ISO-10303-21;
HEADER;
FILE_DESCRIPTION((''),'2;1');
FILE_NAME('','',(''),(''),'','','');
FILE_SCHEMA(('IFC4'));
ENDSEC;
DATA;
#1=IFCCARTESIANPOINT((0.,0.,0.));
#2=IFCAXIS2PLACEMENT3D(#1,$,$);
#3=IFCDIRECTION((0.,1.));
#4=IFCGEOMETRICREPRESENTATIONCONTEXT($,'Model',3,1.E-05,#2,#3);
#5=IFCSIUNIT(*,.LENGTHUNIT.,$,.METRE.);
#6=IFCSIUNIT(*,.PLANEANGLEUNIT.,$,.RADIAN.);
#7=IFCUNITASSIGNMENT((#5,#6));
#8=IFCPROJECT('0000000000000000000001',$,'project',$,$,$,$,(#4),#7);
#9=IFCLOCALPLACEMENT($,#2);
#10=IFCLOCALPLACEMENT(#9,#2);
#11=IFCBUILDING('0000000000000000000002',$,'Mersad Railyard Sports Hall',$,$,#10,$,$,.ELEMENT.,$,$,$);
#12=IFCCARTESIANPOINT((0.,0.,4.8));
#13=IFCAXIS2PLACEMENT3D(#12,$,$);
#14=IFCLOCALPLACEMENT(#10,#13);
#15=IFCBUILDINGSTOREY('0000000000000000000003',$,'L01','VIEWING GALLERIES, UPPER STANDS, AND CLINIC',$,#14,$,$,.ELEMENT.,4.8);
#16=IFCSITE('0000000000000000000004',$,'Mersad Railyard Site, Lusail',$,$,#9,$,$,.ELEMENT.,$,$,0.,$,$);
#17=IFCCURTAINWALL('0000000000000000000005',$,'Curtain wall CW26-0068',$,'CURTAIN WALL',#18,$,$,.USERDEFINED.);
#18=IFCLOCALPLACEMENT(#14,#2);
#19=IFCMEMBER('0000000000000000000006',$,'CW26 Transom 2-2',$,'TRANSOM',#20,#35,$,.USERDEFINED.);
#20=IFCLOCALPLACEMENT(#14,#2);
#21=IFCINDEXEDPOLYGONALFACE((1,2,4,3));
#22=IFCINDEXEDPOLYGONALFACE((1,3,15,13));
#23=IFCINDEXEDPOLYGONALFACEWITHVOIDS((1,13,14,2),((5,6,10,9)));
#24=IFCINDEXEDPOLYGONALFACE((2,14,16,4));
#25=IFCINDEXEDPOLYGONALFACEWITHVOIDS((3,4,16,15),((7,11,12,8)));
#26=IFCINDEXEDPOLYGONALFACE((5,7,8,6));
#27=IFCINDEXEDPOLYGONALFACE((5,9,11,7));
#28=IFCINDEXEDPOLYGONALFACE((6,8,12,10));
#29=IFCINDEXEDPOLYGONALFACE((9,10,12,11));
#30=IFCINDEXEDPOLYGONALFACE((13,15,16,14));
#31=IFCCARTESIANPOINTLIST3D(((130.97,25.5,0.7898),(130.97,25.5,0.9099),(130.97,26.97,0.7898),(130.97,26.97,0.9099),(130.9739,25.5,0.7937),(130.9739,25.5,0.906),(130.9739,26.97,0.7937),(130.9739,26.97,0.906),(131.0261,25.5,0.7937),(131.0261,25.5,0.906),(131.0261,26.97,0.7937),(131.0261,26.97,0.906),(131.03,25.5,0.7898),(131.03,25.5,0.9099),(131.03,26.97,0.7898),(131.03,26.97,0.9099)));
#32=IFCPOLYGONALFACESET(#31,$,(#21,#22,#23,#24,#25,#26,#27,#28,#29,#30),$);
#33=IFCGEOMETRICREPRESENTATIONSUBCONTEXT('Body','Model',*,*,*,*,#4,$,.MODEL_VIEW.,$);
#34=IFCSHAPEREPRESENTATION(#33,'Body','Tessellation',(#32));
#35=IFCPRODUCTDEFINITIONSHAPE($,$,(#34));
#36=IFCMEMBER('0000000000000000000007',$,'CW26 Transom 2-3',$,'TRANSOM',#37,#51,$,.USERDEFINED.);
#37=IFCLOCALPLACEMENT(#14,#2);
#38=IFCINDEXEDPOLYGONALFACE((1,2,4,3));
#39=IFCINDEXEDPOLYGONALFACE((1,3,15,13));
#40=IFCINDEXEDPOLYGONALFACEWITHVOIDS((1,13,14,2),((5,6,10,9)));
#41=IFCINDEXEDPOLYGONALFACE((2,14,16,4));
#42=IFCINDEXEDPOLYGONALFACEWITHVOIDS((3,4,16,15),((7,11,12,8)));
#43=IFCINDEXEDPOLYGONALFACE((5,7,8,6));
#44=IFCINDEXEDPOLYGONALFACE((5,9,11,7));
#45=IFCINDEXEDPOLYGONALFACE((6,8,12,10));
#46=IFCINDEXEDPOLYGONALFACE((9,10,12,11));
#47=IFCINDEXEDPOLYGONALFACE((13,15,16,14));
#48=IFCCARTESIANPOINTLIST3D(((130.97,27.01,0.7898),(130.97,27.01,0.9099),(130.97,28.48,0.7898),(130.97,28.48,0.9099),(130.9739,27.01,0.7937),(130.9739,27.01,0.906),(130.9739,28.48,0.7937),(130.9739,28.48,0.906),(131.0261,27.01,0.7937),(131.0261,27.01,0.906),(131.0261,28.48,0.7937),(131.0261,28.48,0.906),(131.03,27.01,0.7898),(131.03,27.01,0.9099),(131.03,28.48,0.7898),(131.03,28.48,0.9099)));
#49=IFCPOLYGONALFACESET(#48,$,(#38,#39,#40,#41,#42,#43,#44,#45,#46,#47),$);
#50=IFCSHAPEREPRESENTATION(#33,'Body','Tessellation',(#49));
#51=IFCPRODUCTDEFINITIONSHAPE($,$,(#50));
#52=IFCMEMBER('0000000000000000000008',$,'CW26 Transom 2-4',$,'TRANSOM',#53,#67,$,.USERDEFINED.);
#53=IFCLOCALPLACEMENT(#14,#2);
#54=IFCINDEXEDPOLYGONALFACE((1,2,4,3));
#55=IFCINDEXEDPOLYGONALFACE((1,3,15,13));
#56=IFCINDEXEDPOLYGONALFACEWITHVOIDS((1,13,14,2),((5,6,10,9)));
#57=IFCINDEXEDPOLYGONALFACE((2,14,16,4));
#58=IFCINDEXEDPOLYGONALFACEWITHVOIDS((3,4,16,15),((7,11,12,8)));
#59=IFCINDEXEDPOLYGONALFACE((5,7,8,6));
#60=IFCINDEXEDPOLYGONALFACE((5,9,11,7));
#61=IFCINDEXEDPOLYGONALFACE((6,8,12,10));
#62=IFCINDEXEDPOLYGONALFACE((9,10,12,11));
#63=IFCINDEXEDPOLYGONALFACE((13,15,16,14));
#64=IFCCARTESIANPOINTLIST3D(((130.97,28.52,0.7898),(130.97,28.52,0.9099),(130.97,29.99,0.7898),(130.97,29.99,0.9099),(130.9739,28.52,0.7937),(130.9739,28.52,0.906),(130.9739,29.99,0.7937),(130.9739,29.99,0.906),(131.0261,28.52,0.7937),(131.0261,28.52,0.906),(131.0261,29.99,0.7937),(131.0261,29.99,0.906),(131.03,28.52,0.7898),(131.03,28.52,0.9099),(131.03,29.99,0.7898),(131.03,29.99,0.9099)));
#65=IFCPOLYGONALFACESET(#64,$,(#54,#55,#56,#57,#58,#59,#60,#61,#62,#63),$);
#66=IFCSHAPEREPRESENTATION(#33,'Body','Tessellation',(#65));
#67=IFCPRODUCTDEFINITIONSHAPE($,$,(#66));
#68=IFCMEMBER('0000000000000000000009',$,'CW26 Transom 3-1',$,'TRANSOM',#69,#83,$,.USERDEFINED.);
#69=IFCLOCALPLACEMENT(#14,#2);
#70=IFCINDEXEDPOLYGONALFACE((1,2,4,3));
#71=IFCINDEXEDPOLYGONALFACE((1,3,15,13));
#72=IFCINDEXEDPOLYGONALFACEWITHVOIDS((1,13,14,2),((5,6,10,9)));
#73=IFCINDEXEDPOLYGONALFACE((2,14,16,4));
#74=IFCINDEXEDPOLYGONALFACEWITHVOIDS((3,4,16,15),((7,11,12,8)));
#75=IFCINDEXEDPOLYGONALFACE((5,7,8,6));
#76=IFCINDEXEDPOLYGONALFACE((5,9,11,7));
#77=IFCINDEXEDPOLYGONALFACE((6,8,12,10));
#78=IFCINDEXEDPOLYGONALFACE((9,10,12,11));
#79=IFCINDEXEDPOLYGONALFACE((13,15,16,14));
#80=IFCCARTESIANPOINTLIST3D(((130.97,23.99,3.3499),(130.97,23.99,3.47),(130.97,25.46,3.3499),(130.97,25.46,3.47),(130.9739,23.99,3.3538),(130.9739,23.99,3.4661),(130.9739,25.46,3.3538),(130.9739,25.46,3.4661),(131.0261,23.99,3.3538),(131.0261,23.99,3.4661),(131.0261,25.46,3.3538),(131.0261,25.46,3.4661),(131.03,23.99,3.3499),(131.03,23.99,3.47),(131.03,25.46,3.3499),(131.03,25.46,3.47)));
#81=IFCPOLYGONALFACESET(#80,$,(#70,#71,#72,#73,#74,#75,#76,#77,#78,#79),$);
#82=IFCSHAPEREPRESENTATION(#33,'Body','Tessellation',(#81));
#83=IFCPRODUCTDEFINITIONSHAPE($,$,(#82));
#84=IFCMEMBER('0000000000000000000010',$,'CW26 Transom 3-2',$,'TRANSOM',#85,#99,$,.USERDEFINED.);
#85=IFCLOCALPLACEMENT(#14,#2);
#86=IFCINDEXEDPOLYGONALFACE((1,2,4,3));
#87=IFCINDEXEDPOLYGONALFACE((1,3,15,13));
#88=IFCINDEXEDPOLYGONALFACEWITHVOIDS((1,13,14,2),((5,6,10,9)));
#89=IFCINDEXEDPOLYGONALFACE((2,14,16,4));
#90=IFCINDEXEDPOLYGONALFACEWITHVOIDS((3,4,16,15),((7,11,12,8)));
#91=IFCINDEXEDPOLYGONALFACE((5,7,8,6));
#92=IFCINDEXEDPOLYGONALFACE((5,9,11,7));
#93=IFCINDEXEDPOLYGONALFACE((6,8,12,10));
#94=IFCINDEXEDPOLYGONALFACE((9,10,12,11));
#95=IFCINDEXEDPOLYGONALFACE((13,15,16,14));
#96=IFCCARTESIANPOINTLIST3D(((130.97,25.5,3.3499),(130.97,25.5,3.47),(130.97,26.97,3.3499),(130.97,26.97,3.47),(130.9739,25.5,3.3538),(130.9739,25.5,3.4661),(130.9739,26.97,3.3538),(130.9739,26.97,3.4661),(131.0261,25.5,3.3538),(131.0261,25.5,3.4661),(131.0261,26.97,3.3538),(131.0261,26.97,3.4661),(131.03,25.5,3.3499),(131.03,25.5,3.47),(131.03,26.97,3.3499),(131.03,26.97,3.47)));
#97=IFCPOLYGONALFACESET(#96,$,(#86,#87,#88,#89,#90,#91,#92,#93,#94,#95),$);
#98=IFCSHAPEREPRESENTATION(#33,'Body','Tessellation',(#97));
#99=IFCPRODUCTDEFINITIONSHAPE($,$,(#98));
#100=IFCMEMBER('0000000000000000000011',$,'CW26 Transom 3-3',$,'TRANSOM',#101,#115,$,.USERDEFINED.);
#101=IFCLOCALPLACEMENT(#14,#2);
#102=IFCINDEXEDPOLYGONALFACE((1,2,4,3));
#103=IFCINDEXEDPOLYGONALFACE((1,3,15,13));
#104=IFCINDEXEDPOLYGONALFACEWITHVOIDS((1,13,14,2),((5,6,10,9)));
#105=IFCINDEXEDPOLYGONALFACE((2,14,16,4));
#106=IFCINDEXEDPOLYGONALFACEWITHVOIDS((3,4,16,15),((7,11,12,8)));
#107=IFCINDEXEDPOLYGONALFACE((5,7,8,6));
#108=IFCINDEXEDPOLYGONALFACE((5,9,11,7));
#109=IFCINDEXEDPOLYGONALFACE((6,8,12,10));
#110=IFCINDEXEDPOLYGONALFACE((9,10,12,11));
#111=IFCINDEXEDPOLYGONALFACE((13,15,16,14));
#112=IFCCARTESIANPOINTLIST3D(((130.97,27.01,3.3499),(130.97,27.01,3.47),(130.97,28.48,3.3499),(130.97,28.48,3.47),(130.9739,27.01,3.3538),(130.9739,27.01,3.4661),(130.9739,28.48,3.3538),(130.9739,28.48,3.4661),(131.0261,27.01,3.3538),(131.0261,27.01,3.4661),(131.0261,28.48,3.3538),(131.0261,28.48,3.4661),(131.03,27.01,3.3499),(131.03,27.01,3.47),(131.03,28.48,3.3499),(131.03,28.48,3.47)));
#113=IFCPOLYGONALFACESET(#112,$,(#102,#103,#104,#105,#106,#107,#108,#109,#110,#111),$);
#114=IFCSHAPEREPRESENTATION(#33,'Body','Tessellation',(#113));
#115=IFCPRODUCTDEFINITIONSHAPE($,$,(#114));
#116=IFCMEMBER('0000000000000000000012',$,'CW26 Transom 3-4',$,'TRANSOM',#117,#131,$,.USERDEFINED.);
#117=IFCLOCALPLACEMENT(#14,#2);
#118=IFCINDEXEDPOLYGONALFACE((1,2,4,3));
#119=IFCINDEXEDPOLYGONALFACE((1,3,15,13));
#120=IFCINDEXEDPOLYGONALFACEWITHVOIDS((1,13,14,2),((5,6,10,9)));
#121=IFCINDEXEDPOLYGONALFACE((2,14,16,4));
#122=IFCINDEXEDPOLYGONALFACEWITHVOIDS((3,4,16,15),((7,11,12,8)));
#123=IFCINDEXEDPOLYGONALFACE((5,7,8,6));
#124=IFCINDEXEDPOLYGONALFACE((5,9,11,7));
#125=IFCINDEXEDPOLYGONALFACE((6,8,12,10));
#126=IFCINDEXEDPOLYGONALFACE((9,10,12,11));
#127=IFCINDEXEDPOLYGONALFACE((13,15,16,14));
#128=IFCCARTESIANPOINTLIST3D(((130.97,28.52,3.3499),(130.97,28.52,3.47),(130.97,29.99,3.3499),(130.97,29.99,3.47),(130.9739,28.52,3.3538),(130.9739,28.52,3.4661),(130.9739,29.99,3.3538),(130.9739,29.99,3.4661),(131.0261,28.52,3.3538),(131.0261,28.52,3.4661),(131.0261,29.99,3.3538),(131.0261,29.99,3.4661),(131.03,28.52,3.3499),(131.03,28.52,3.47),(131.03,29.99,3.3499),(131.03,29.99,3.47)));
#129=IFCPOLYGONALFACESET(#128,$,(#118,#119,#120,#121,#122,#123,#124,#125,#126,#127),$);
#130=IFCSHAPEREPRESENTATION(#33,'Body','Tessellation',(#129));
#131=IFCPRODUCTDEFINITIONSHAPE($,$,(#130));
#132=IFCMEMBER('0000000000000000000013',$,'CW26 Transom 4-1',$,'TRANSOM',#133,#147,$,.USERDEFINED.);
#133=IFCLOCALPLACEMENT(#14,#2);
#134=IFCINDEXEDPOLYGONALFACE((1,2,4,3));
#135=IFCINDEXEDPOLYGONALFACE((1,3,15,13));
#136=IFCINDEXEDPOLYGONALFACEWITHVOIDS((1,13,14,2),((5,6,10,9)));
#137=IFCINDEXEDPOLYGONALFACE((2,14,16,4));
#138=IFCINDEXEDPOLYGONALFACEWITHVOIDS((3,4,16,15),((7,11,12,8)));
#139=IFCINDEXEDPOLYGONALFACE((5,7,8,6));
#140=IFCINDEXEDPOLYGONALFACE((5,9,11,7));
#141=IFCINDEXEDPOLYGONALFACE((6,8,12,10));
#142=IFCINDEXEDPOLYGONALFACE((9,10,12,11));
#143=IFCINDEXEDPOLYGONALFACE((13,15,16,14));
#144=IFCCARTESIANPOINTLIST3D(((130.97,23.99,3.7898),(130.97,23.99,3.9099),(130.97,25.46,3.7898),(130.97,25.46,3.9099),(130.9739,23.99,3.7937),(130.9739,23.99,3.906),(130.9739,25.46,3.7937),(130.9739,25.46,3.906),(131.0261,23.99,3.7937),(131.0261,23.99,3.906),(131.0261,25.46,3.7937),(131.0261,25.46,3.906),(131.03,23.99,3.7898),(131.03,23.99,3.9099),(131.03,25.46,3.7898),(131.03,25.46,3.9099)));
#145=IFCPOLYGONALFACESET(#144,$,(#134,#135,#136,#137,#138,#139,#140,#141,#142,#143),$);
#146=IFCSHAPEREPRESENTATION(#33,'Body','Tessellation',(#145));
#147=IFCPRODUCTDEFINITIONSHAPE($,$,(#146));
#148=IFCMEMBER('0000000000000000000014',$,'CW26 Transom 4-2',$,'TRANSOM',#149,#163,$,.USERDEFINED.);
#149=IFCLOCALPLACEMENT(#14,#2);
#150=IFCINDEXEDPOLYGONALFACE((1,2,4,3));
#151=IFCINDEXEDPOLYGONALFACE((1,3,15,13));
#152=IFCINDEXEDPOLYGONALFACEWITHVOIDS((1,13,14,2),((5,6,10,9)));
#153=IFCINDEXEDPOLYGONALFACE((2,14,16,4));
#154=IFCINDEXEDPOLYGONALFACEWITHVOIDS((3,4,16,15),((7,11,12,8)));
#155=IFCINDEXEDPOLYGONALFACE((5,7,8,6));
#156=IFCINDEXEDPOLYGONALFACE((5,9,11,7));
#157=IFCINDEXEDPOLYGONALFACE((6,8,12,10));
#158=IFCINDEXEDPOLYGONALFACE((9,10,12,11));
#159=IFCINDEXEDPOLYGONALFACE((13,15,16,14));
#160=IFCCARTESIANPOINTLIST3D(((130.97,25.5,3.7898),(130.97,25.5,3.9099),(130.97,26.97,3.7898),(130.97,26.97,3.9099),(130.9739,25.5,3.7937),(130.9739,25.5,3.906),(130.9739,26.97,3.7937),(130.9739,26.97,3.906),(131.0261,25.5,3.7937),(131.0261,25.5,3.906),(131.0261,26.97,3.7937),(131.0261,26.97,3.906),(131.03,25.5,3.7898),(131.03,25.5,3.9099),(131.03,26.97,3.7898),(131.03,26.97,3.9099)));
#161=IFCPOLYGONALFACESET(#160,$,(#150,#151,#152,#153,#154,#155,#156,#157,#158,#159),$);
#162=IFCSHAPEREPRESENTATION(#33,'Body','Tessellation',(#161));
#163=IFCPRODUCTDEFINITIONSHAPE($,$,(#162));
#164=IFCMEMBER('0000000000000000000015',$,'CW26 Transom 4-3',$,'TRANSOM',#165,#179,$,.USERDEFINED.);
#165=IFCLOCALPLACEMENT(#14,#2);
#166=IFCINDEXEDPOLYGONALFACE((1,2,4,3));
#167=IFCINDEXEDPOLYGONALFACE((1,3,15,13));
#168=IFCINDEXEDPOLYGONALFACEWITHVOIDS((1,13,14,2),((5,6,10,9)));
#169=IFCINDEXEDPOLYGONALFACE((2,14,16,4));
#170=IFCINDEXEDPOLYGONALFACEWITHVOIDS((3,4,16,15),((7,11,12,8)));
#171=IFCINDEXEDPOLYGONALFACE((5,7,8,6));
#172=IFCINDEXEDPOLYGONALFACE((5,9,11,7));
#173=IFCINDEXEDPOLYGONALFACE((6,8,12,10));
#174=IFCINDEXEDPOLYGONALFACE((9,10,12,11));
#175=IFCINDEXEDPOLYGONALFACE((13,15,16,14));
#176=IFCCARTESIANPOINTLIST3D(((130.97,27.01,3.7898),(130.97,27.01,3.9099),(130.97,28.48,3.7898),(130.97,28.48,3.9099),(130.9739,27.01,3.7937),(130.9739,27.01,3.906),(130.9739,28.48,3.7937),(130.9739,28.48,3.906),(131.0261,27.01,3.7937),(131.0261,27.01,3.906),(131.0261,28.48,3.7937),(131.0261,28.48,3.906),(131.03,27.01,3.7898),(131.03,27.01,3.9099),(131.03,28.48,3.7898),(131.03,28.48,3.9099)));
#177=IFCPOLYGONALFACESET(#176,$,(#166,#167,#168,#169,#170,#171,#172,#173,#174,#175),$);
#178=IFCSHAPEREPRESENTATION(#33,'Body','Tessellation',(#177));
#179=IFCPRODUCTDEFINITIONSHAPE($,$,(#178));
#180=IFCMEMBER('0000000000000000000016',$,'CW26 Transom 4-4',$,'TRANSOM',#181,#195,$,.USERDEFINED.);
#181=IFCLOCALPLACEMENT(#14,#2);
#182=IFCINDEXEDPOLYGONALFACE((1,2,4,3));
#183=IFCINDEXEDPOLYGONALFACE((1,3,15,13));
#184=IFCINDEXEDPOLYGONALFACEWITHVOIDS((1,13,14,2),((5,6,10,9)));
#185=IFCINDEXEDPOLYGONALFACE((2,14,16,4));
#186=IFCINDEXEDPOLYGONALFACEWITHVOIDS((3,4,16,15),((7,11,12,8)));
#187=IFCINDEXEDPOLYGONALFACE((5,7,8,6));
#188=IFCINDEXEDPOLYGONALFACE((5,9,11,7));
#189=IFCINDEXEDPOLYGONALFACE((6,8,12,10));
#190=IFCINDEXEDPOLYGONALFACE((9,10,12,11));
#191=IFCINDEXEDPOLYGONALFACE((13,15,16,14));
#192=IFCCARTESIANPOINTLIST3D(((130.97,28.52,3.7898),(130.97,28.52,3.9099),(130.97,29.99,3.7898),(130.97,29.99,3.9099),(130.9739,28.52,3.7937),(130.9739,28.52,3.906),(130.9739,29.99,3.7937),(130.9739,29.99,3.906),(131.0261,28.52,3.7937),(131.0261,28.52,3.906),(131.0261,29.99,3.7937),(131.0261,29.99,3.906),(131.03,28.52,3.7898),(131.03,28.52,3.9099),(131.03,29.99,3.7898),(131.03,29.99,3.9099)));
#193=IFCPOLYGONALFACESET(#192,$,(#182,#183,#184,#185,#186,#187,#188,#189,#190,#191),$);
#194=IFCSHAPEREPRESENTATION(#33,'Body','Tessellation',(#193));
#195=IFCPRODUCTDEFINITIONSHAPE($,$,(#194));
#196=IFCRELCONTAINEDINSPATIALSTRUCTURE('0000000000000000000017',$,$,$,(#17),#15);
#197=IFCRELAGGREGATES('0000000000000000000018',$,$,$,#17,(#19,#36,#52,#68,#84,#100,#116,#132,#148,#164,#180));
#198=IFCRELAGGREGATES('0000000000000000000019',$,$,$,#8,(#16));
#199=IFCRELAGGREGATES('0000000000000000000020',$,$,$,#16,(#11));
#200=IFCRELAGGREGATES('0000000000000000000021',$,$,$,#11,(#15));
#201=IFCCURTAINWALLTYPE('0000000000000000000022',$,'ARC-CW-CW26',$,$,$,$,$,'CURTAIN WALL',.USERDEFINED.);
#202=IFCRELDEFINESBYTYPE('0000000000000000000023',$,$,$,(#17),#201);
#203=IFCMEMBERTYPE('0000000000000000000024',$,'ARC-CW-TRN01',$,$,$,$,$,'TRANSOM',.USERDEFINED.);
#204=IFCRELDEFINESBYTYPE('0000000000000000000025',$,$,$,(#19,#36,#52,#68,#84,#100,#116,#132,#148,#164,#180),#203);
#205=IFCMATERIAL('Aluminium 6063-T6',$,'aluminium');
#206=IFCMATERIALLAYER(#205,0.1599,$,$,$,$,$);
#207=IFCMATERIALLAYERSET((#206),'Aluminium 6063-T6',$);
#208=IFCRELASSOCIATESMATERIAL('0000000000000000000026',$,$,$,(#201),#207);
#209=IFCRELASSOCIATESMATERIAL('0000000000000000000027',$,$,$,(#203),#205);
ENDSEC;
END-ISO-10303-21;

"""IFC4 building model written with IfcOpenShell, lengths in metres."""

from ifc_helpers import new_model, si_unit, direction, frame, origin, origin_2d, place, context, subcontext, project, spatial, hollow_rectangle, extrude, material, layer, layer_set, material_profile, profile_set, type_object, element, aggregate, save


model = new_model("IFC4")

# Units and contexts
model_context = context("Model", 3, precision=1e-05, world=origin(), true_north=direction((0.0, 1.0)))
body_context = subcontext(model_context, "Body", "Model", "MODEL_VIEW")
ifc_project = project(units=[si_unit("LENGTHUNIT", "METRE"), si_unit("PLANEANGLEUNIT", "RADIAN")], contexts=[model_context])

# Site, building, storey
site_placement = place(None, origin())
site = spatial("IfcSite", under=ifc_project, at=site_placement, Name="Mersad Railyard Site, Lusail", CompositionType="ELEMENT", RefElevation=0.0)
building_placement = place(site_placement, origin())
building = spatial("IfcBuilding", under=site, at=building_placement, Name="Mersad Railyard Sports Hall", CompositionType="ELEMENT")
storey_placement = place(building_placement, frame((0.0, 0.0, 4.8)))
storey = spatial("IfcBuildingStorey", under=building, at=storey_placement, Name="L01", Description="VIEWING GALLERIES, UPPER STANDS, AND CLINIC", CompositionType="ELEMENT", Elevation=4.8)

# Shared definitions
ifc_material_1 = material(Name="Aluminium 6063-T6", Category="aluminium")

# Curtain wall, members
ifc_layer_1 = layer(ifc_material_1, 0.1599)
ifc_layer_set_1 = layer_set([ifc_layer_1], Name="Aluminium 6063-T6")
curtain_wall_type_1 = type_object("IfcCurtainWallType", Name="ARC-CW-CW26", ElementType="CURTAIN WALL", PredefinedType="USERDEFINED", material=ifc_layer_set_1)
curtain_wall_1_placement = place(storey_placement, origin())
curtain_wall_1 = element("IfcCurtainWall", 1, at=curtain_wall_1_placement, inside=storey, type_object=curtain_wall_type_1, Name="Curtain wall CW26-0068", ObjectType="CURTAIN WALL", PredefinedType="USERDEFINED")
ifc_material_profile_1 = material_profile(ifc_material_1, hollow_rectangle(XDim=0.0601, YDim=0.1201, WallThickness=0.0039, at=origin_2d()), Name="AL TRANSOM 60x120x4")
ifc_profile_set_1 = profile_set([ifc_material_profile_1], Name="Aluminium 6063-T6")
member_type_1 = type_object("IfcMemberType", Name="ARC-CW-TRN01", ElementType="TRANSOM", PredefinedType="USERDEFINED", material=ifc_profile_set_1)
member_1_placement = place(storey_placement, frame((131.0, 25.5, 0.8499), z_axis=(0.0, 1.0, 0.0), x_axis=(-1.0, 0.0, 0.0)))
member_1 = element("IfcMember", 2, at=member_1_placement, type_object=member_type_1, Name="CW26 Transom 2-2", ObjectType="TRANSOM", PredefinedType="USERDEFINED", context=body_context, shape_type="SweptSolid", body=[
    extrude(hollow_rectangle(XDim=0.0601, YDim=0.1201, WallThickness=0.0039, at=origin_2d()), origin(), (0.0, 0.0, 1.0), 1.47),
])
member_2_placement = place(storey_placement, frame((131.0, 27.01, 0.8499), z_axis=(0.0, 1.0, 0.0), x_axis=(-1.0, 0.0, 0.0)))
member_2 = element("IfcMember", 3, at=member_2_placement, type_object=member_type_1, Name="CW26 Transom 2-3", ObjectType="TRANSOM", PredefinedType="USERDEFINED", context=body_context, shape_type="SweptSolid", body=[
    extrude(hollow_rectangle(XDim=0.0601, YDim=0.1201, WallThickness=0.0039, at=origin_2d()), origin(), (0.0, 0.0, 1.0), 1.47),
])
member_3_placement = place(storey_placement, frame((131.0, 28.52, 0.8499), z_axis=(0.0, 1.0, 0.0), x_axis=(-1.0, 0.0, 0.0)))
member_3 = element("IfcMember", 4, at=member_3_placement, type_object=member_type_1, Name="CW26 Transom 2-4", ObjectType="TRANSOM", PredefinedType="USERDEFINED", context=body_context, shape_type="SweptSolid", body=[
    extrude(hollow_rectangle(XDim=0.0601, YDim=0.1201, WallThickness=0.0039, at=origin_2d()), origin(), (0.0, 0.0, 1.0), 1.47),
])
member_4_placement = place(storey_placement, frame((131.0, 23.99, 3.4099), z_axis=(0.0, 1.0, 0.0), x_axis=(-1.0, 0.0, 0.0)))
member_4 = element("IfcMember", 5, at=member_4_placement, type_object=member_type_1, Name="CW26 Transom 3-1", ObjectType="TRANSOM", PredefinedType="USERDEFINED", context=body_context, shape_type="SweptSolid", body=[
    extrude(hollow_rectangle(XDim=0.0601, YDim=0.1201, WallThickness=0.0039, at=origin_2d()), origin(), (0.0, 0.0, 1.0), 1.47),
])
member_5_placement = place(storey_placement, frame((131.0, 25.5, 3.4099), z_axis=(0.0, 1.0, 0.0), x_axis=(-1.0, 0.0, 0.0)))
member_5 = element("IfcMember", 6, at=member_5_placement, type_object=member_type_1, Name="CW26 Transom 3-2", ObjectType="TRANSOM", PredefinedType="USERDEFINED", context=body_context, shape_type="SweptSolid", body=[
    extrude(hollow_rectangle(XDim=0.0601, YDim=0.1201, WallThickness=0.0039, at=origin_2d()), origin(), (0.0, 0.0, 1.0), 1.47),
])
member_6_placement = place(storey_placement, frame((131.0, 27.01, 3.4099), z_axis=(0.0, 1.0, 0.0), x_axis=(-1.0, 0.0, 0.0)))
member_6 = element("IfcMember", 7, at=member_6_placement, type_object=member_type_1, Name="CW26 Transom 3-3", ObjectType="TRANSOM", PredefinedType="USERDEFINED", context=body_context, shape_type="SweptSolid", body=[
    extrude(hollow_rectangle(XDim=0.0601, YDim=0.1201, WallThickness=0.0039, at=origin_2d()), origin(), (0.0, 0.0, 1.0), 1.47),
])
member_7_placement = place(storey_placement, frame((131.0, 28.52, 3.4099), z_axis=(0.0, 1.0, 0.0), x_axis=(-1.0, 0.0, 0.0)))
member_7 = element("IfcMember", 8, at=member_7_placement, type_object=member_type_1, Name="CW26 Transom 3-4", ObjectType="TRANSOM", PredefinedType="USERDEFINED", context=body_context, shape_type="SweptSolid", body=[
    extrude(hollow_rectangle(XDim=0.0601, YDim=0.1201, WallThickness=0.0039, at=origin_2d()), origin(), (0.0, 0.0, 1.0), 1.47),
])
member_8_placement = place(storey_placement, frame((131.0, 23.99, 3.8499), z_axis=(0.0, 1.0, 0.0), x_axis=(-1.0, 0.0, 0.0)))
member_8 = element("IfcMember", 9, at=member_8_placement, type_object=member_type_1, Name="CW26 Transom 4-1", ObjectType="TRANSOM", PredefinedType="USERDEFINED", context=body_context, shape_type="SweptSolid", body=[
    extrude(hollow_rectangle(XDim=0.0601, YDim=0.1201, WallThickness=0.0039, at=origin_2d()), origin(), (0.0, 0.0, 1.0), 1.47),
])
member_9_placement = place(storey_placement, frame((131.0, 25.5, 3.8499), z_axis=(0.0, 1.0, 0.0), x_axis=(-1.0, 0.0, 0.0)))
member_9 = element("IfcMember", 10, at=member_9_placement, type_object=member_type_1, Name="CW26 Transom 4-2", ObjectType="TRANSOM", PredefinedType="USERDEFINED", context=body_context, shape_type="SweptSolid", body=[
    extrude(hollow_rectangle(XDim=0.0601, YDim=0.1201, WallThickness=0.0039, at=origin_2d()), origin(), (0.0, 0.0, 1.0), 1.47),
])
member_10_placement = place(storey_placement, frame((131.0, 27.01, 3.8499), z_axis=(0.0, 1.0, 0.0), x_axis=(-1.0, 0.0, 0.0)))
member_10 = element("IfcMember", 11, at=member_10_placement, type_object=member_type_1, Name="CW26 Transom 4-3", ObjectType="TRANSOM", PredefinedType="USERDEFINED", context=body_context, shape_type="SweptSolid", body=[
    extrude(hollow_rectangle(XDim=0.0601, YDim=0.1201, WallThickness=0.0039, at=origin_2d()), origin(), (0.0, 0.0, 1.0), 1.47),
])
member_11_placement = place(storey_placement, frame((131.0, 28.52, 3.8499), z_axis=(0.0, 1.0, 0.0), x_axis=(-1.0, 0.0, 0.0)))
member_11 = element("IfcMember", 12, at=member_11_placement, type_object=member_type_1, Name="CW26 Transom 4-4", ObjectType="TRANSOM", PredefinedType="USERDEFINED", context=body_context, shape_type="SweptSolid", body=[
    extrude(hollow_rectangle(XDim=0.0601, YDim=0.1201, WallThickness=0.0039, at=origin_2d()), origin(), (0.0, 0.0, 1.0), 1.47),
])

aggregate(curtain_wall_1, [member_1, member_2, member_3, member_4, member_5, member_6, member_7, member_8, member_9, member_10, member_11])

save(model, "model.ifc")
